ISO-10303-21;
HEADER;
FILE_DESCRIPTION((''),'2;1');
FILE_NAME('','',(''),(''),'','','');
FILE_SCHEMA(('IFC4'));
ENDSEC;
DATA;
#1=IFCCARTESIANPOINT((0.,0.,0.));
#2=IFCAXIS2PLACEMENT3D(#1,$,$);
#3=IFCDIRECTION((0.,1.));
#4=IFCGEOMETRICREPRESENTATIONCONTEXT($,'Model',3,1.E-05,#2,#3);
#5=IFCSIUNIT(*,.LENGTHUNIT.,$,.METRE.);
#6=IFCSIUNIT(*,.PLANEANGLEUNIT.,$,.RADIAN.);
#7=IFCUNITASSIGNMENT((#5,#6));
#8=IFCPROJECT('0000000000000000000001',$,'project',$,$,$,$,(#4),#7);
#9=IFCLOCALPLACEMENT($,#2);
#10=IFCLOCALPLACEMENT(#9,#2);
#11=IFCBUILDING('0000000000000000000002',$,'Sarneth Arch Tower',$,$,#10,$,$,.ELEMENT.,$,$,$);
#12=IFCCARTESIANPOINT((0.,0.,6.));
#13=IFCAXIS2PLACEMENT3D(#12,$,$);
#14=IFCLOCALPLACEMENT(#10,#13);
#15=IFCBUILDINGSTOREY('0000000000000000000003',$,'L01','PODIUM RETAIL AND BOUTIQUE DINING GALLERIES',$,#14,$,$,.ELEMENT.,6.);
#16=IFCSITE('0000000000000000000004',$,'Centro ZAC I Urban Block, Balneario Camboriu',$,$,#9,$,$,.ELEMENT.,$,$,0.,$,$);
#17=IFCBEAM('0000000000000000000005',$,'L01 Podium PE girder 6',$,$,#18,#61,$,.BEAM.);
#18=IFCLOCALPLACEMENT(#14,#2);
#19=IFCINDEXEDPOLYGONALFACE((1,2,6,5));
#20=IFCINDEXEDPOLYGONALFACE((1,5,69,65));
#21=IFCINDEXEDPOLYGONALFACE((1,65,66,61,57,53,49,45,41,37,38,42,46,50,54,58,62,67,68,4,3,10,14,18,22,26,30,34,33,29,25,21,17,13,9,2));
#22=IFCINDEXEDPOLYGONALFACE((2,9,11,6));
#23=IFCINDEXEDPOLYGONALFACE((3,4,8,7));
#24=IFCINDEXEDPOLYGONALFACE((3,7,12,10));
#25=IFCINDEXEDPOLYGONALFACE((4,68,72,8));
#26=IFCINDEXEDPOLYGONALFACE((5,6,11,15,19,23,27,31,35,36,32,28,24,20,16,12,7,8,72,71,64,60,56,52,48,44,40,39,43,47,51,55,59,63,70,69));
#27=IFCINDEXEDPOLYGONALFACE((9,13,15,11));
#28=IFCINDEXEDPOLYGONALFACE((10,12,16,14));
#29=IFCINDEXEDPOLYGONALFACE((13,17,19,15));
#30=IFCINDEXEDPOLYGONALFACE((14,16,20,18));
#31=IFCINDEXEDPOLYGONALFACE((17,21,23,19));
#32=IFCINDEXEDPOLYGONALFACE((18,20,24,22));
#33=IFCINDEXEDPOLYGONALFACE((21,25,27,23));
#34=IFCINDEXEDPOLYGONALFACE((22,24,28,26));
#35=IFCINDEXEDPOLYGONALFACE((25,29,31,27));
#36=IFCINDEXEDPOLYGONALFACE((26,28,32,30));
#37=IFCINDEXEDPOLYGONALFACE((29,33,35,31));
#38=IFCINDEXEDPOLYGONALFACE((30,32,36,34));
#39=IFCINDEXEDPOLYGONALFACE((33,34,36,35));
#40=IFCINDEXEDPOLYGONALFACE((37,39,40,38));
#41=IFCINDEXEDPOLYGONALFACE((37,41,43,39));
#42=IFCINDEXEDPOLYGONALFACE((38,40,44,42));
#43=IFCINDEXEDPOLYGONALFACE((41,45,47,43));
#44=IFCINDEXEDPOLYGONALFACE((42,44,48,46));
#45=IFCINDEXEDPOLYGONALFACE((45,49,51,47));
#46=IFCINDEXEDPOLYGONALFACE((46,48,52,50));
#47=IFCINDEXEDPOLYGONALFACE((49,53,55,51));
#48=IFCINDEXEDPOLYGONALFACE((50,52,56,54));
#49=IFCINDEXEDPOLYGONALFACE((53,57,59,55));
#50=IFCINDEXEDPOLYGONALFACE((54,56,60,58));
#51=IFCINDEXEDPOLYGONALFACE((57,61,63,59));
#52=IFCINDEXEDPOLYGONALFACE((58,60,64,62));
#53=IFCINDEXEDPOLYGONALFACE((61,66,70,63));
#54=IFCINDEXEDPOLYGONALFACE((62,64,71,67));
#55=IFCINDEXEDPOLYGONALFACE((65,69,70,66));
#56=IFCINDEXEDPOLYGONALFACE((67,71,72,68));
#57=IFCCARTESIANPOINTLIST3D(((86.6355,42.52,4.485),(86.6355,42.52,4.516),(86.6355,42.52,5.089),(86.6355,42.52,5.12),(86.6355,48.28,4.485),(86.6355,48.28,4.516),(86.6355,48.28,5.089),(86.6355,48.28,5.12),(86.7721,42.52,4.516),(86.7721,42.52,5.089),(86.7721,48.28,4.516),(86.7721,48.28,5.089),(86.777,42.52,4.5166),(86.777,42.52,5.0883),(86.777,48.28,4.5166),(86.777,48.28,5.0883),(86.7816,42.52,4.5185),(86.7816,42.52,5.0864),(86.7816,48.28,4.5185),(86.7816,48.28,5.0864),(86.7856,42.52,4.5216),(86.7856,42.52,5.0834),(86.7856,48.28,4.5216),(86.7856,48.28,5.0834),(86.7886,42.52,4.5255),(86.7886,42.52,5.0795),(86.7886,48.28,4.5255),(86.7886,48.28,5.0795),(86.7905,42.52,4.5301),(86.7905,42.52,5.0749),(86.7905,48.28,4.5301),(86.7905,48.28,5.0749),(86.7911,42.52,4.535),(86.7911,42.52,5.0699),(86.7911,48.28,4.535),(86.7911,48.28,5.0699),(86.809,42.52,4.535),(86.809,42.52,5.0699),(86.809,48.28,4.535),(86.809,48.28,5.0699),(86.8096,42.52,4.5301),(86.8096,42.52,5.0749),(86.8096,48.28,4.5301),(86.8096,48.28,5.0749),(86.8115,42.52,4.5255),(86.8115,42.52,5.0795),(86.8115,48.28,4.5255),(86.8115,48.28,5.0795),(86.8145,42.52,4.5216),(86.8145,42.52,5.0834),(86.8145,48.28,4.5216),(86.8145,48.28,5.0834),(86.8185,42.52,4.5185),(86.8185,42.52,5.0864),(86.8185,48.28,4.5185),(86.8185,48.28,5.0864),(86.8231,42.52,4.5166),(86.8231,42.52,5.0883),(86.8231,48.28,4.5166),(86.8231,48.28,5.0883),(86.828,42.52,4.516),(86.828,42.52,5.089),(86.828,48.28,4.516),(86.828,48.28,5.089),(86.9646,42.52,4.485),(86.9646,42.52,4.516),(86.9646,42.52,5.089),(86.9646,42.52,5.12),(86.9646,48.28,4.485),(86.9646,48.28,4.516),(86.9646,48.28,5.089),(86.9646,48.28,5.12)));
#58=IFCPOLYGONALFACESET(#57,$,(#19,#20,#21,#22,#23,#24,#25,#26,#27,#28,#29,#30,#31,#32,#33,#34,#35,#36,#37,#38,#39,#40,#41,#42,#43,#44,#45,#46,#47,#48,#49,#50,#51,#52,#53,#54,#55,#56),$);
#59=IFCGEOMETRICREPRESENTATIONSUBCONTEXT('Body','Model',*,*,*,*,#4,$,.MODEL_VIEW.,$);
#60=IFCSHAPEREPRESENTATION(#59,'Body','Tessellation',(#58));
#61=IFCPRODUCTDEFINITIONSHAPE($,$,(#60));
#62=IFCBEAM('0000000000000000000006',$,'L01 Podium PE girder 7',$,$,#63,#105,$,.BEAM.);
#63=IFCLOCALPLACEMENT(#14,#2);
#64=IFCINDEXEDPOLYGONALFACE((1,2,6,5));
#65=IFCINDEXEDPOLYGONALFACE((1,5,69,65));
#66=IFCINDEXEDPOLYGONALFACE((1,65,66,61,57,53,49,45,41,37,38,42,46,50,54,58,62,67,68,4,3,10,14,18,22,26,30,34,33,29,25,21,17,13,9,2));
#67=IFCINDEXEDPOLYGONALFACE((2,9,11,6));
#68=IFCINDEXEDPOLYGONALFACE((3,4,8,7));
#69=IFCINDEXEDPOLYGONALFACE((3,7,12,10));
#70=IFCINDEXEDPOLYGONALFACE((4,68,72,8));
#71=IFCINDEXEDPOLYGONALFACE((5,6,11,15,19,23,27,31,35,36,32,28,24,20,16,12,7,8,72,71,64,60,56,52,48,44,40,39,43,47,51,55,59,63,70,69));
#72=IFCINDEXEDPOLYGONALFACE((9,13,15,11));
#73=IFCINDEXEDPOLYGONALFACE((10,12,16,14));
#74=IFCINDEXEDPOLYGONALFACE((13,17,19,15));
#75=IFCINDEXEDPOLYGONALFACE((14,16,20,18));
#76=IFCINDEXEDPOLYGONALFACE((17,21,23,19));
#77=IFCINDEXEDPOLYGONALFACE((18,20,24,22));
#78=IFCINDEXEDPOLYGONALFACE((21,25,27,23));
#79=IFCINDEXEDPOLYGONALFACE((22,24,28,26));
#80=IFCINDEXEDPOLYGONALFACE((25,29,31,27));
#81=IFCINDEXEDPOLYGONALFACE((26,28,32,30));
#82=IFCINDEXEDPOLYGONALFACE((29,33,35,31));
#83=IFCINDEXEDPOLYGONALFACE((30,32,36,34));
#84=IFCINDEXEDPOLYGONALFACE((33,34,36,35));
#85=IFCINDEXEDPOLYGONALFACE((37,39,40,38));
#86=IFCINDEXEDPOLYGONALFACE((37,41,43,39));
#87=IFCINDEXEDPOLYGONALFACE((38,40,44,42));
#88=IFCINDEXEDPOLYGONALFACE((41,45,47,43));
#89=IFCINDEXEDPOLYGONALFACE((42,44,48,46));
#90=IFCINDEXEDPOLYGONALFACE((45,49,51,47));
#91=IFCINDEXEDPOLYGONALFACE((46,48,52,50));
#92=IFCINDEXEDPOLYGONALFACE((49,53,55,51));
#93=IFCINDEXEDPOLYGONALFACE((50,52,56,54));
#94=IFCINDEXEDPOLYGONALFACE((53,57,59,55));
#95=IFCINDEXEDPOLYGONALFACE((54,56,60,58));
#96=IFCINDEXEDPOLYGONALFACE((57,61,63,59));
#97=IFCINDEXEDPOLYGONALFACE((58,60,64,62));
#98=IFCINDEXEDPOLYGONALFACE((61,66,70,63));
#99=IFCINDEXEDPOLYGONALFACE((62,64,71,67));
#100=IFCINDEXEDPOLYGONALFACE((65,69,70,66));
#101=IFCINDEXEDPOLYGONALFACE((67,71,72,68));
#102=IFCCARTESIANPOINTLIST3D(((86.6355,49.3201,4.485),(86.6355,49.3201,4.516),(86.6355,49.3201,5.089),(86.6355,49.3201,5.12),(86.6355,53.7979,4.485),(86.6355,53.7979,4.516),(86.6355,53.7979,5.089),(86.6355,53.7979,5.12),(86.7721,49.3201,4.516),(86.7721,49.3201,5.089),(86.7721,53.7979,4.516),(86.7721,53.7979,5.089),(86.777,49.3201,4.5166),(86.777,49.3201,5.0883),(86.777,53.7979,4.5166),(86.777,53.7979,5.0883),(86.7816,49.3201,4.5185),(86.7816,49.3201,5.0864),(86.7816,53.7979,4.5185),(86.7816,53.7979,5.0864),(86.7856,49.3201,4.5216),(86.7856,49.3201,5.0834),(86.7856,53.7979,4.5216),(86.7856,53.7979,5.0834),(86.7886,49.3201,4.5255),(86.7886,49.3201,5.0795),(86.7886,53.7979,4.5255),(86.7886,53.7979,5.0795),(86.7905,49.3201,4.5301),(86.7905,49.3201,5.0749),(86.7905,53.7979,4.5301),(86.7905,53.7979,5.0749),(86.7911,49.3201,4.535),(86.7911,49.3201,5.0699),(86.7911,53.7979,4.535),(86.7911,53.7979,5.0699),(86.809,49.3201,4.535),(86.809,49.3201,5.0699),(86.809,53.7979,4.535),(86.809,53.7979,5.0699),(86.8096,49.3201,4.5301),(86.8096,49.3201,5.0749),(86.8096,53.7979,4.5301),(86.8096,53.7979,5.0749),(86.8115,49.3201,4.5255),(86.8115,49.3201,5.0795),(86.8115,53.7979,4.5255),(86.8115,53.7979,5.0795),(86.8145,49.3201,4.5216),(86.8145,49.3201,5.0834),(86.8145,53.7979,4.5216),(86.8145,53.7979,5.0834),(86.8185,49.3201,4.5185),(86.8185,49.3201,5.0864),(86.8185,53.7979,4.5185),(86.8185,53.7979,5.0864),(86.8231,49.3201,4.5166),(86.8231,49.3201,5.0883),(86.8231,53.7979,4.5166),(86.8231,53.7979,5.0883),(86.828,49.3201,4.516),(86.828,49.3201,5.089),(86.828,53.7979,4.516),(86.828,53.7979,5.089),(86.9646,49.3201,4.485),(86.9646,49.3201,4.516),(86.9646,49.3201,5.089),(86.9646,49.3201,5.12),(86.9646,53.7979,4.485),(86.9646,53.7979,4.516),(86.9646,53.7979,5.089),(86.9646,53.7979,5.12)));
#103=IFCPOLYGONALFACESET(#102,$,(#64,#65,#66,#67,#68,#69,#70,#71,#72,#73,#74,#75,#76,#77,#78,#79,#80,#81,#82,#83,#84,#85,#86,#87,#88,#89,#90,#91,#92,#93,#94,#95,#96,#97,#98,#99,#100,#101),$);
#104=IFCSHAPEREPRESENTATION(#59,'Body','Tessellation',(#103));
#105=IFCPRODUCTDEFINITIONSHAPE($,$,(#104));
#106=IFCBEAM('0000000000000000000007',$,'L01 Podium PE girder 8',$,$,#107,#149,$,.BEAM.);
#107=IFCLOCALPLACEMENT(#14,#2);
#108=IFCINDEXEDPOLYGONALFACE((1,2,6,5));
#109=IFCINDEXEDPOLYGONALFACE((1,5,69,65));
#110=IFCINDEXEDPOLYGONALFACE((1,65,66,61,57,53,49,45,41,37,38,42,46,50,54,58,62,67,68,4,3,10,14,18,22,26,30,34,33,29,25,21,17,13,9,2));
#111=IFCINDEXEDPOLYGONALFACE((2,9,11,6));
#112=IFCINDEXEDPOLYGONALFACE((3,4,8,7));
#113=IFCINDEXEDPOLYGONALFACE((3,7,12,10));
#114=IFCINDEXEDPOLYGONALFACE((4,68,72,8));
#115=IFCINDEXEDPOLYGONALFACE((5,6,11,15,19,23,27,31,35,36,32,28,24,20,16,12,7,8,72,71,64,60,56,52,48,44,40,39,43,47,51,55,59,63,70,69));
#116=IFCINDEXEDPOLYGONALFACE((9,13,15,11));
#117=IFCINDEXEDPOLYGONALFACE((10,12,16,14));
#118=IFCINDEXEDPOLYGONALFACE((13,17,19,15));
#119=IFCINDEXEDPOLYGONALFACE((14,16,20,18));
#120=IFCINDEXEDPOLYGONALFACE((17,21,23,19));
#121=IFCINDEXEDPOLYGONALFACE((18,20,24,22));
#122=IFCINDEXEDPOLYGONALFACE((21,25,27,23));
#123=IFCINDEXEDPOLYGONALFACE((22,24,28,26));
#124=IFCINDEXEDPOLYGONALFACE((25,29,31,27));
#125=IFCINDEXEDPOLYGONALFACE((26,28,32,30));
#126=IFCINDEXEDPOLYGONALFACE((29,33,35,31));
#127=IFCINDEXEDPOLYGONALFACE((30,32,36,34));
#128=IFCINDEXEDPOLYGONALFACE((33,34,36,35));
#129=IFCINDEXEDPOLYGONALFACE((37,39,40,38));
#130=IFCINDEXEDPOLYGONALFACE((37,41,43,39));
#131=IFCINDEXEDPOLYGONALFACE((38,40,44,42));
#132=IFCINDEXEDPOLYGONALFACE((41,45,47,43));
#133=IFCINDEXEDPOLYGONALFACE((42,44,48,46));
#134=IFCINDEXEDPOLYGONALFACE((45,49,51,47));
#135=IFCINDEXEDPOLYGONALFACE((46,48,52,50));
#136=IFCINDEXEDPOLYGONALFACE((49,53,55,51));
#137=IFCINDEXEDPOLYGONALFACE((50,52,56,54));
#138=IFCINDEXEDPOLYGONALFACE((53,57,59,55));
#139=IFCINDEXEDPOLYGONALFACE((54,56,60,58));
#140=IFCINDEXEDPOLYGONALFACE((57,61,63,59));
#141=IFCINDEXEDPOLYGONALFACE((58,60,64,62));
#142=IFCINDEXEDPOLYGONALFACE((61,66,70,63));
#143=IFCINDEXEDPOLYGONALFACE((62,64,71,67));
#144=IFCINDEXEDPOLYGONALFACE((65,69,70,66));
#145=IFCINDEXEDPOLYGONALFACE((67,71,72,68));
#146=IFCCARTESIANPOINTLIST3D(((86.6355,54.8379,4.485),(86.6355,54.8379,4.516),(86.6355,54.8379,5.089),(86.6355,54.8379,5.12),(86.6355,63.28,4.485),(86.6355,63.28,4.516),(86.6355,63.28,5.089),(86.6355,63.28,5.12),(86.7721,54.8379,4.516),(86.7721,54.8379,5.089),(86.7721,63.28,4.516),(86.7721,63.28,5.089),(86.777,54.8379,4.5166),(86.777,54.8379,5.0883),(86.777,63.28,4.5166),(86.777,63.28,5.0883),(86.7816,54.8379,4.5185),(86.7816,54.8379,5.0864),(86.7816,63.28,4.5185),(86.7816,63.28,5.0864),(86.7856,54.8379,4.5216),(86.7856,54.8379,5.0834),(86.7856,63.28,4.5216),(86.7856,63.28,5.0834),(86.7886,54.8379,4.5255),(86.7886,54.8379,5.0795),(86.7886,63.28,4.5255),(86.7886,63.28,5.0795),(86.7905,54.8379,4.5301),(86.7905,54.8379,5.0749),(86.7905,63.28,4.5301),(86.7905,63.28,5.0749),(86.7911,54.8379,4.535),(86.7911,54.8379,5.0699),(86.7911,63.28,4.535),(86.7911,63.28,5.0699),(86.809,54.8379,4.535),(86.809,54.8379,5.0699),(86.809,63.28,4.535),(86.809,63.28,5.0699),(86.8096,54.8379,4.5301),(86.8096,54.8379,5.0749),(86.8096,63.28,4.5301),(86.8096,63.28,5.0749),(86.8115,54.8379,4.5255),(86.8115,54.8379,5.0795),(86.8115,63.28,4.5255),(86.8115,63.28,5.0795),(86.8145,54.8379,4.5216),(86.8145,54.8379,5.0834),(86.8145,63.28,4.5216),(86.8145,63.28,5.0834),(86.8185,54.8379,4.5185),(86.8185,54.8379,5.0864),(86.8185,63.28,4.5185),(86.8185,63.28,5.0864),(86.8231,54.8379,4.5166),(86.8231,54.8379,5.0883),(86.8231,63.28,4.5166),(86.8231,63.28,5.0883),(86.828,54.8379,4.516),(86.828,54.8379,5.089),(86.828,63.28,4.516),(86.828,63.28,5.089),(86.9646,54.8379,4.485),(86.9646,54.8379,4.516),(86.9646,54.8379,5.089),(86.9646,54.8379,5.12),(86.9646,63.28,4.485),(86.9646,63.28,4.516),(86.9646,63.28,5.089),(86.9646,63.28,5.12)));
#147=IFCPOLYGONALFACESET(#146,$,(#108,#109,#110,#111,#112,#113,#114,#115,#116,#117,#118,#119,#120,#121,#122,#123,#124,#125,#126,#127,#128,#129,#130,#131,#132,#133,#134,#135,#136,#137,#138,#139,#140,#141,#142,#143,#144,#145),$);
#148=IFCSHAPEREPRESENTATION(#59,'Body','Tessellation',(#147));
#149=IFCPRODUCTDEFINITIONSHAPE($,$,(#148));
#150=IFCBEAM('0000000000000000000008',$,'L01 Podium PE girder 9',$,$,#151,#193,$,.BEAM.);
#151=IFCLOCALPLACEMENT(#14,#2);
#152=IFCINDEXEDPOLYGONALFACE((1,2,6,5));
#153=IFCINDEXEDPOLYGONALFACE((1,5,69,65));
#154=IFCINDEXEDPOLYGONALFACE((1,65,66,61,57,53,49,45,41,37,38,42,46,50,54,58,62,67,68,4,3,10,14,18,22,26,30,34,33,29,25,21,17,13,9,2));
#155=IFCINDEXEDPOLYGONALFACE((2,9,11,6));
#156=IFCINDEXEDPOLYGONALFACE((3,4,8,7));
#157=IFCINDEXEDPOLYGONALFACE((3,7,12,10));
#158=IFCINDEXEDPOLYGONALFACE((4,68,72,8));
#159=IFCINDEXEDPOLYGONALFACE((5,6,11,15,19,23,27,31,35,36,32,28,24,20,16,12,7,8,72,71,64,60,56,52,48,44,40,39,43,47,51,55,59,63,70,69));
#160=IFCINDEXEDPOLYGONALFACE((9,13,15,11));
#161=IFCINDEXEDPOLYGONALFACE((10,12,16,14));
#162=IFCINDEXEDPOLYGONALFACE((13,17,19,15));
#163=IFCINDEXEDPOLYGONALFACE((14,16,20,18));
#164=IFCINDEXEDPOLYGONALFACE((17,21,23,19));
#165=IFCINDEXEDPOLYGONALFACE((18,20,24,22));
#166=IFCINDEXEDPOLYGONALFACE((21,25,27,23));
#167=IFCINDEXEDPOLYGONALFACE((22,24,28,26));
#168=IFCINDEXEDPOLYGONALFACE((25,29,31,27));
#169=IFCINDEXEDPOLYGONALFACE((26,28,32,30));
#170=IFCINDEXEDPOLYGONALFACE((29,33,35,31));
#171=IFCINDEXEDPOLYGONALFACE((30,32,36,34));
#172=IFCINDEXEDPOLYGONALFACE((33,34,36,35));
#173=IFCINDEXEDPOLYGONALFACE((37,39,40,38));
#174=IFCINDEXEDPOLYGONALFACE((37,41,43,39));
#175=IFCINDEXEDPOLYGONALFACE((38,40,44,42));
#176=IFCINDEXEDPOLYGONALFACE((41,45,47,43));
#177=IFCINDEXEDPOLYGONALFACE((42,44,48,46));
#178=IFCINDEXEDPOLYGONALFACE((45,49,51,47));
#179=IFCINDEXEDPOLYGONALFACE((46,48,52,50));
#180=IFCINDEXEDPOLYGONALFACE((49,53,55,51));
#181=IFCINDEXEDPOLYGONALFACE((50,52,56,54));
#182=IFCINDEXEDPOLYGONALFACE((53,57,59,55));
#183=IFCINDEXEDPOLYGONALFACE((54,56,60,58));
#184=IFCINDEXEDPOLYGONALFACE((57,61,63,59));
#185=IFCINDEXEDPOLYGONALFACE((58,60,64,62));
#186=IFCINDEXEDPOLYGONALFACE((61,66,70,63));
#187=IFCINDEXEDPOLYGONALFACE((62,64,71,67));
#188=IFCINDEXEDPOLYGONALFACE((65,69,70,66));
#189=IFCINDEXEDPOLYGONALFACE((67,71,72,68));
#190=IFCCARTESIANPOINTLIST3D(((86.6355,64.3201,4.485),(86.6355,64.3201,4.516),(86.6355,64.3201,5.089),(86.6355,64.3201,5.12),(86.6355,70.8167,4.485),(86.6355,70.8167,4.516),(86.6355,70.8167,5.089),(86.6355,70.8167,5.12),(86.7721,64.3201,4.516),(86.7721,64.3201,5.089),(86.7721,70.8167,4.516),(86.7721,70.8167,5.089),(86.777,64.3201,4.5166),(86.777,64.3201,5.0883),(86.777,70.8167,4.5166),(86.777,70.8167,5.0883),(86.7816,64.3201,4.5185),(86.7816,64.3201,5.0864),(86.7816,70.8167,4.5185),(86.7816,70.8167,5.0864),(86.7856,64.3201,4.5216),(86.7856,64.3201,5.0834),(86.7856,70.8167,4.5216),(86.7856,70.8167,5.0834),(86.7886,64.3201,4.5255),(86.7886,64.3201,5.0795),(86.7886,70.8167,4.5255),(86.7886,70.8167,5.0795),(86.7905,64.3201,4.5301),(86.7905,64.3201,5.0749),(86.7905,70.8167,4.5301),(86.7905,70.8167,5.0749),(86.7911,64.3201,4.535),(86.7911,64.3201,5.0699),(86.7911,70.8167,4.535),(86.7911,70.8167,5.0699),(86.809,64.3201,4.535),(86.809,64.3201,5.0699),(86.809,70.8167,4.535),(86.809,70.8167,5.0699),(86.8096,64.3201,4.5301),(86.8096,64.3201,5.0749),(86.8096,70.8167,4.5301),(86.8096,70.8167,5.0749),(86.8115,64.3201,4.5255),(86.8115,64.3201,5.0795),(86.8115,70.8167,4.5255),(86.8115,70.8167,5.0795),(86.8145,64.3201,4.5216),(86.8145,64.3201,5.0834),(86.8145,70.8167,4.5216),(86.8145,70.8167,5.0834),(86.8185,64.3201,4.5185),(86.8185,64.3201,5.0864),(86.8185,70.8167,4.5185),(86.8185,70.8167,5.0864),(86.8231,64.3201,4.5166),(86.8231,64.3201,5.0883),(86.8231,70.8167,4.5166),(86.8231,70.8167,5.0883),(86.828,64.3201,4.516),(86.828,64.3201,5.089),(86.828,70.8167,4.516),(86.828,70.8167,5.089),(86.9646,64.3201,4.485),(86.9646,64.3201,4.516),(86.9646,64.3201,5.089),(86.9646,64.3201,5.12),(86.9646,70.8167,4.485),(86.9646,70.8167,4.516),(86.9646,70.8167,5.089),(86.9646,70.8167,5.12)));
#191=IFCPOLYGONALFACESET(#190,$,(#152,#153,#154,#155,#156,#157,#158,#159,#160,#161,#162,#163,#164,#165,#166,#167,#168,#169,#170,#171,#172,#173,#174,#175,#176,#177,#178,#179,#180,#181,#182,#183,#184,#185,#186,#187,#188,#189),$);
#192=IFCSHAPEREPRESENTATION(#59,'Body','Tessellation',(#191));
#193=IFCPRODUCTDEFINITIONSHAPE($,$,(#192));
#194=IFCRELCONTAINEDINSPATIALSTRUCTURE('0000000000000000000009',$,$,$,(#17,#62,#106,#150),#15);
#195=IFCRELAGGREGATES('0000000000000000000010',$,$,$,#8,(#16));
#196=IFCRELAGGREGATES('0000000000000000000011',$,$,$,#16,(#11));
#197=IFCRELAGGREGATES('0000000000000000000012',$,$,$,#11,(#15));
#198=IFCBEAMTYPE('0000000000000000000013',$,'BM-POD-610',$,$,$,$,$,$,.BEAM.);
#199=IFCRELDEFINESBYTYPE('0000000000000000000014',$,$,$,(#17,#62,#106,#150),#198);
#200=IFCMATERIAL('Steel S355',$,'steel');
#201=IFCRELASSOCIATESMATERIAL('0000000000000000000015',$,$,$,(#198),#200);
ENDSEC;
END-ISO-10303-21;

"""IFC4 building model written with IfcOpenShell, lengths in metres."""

from ifc_helpers import new_model, si_unit, direction, frame, origin, origin_2d, place, context, subcontext, project, spatial, i_section, extrude, material, material_profile, profile_set, type_object, element, save


model = new_model("IFC4")

# Units and contexts
model_context = context("Model", 3, precision=1e-05, world=origin(), true_north=direction((0.0, 1.0)))
body_context = subcontext(model_context, "Body", "Model", "MODEL_VIEW")
ifc_project = project(units=[si_unit("LENGTHUNIT", "METRE"), si_unit("PLANEANGLEUNIT", "RADIAN")], contexts=[model_context])

# Site, building, storey
site_placement = place(None, origin())
site = spatial("IfcSite", under=ifc_project, at=site_placement, Name="Centro ZAC I Urban Block, Balneario Camboriu", CompositionType="ELEMENT", RefElevation=0.0)
building_placement = place(site_placement, origin())
building = spatial("IfcBuilding", under=site, at=building_placement, Name="Sarneth Arch Tower", CompositionType="ELEMENT")
storey_placement = place(building_placement, frame((0.0, 0.0, 6.0)))
storey = spatial("IfcBuildingStorey", under=building, at=storey_placement, Name="L01", Description="PODIUM RETAIL AND BOUTIQUE DINING GALLERIES", CompositionType="ELEMENT", Elevation=6.0)

# Beams
ifc_material_1 = material(Name="Steel S355", Category="steel")
ifc_material_profile_1 = material_profile(ifc_material_1, i_section(OverallWidth=0.3291, OverallDepth=0.635, WebThickness=0.0178, FlangeThickness=0.031, FilletRadius=0.019, at=origin_2d()), Name="W610x241")
ifc_profile_set_1 = profile_set([ifc_material_profile_1], Name="Steel S355")
beam_type = type_object("IfcBeamType", Name="BM-POD-610", PredefinedType="BEAM", material=ifc_profile_set_1)
beam_1_placement = place(storey_placement, frame((86.8, 42.52, 4.8025), z_axis=(0.0, 1.0, 0.0), x_axis=(-1.0, 0.0, 0.0)))
element("IfcBeam", 1, at=beam_1_placement, inside=storey, type_object=beam_type, Name="L01 Podium PE girder 6", PredefinedType="BEAM", context=body_context, shape_type="SweptSolid", body=[
    extrude(i_section(OverallWidth=0.3291, OverallDepth=0.635, WebThickness=0.0178, FlangeThickness=0.031, FilletRadius=0.019, at=origin_2d()), origin(), (0.0, 0.0, 1.0), 5.76),
])
beam_2_placement = place(storey_placement, frame((86.8, 49.3201, 4.8025), z_axis=(0.0, 1.0, 0.0), x_axis=(-1.0, 0.0, 0.0)))
element("IfcBeam", 2, at=beam_2_placement, inside=storey, type_object=beam_type, Name="L01 Podium PE girder 7", PredefinedType="BEAM", context=body_context, shape_type="SweptSolid", body=[
    extrude(i_section(OverallWidth=0.3291, OverallDepth=0.635, WebThickness=0.0178, FlangeThickness=0.031, FilletRadius=0.019, at=origin_2d()), origin(), (0.0, 0.0, 1.0), 4.4778),
])
beam_3_placement = place(storey_placement, frame((86.8, 54.8379, 4.8025), z_axis=(0.0, 1.0, 0.0), x_axis=(-1.0, 0.0, 0.0)))
element("IfcBeam", 3, at=beam_3_placement, inside=storey, type_object=beam_type, Name="L01 Podium PE girder 8", PredefinedType="BEAM", context=body_context, shape_type="SweptSolid", body=[
    extrude(i_section(OverallWidth=0.3291, OverallDepth=0.635, WebThickness=0.0178, FlangeThickness=0.031, FilletRadius=0.019, at=origin_2d()), origin(), (0.0, 0.0, 1.0), 8.4421),
])
beam_4_placement = place(storey_placement, frame((86.8, 64.3201, 4.8025), z_axis=(0.0, 1.0, 0.0), x_axis=(-1.0, 0.0, 0.0)))
element("IfcBeam", 4, at=beam_4_placement, inside=storey, type_object=beam_type, Name="L01 Podium PE girder 9", PredefinedType="BEAM", context=body_context, shape_type="SweptSolid", body=[
    extrude(i_section(OverallWidth=0.3291, OverallDepth=0.635, WebThickness=0.0178, FlangeThickness=0.031, FilletRadius=0.019, at=origin_2d()), origin(), (0.0, 0.0, 1.0), 6.4966),
])

save(model, "model.ifc")
